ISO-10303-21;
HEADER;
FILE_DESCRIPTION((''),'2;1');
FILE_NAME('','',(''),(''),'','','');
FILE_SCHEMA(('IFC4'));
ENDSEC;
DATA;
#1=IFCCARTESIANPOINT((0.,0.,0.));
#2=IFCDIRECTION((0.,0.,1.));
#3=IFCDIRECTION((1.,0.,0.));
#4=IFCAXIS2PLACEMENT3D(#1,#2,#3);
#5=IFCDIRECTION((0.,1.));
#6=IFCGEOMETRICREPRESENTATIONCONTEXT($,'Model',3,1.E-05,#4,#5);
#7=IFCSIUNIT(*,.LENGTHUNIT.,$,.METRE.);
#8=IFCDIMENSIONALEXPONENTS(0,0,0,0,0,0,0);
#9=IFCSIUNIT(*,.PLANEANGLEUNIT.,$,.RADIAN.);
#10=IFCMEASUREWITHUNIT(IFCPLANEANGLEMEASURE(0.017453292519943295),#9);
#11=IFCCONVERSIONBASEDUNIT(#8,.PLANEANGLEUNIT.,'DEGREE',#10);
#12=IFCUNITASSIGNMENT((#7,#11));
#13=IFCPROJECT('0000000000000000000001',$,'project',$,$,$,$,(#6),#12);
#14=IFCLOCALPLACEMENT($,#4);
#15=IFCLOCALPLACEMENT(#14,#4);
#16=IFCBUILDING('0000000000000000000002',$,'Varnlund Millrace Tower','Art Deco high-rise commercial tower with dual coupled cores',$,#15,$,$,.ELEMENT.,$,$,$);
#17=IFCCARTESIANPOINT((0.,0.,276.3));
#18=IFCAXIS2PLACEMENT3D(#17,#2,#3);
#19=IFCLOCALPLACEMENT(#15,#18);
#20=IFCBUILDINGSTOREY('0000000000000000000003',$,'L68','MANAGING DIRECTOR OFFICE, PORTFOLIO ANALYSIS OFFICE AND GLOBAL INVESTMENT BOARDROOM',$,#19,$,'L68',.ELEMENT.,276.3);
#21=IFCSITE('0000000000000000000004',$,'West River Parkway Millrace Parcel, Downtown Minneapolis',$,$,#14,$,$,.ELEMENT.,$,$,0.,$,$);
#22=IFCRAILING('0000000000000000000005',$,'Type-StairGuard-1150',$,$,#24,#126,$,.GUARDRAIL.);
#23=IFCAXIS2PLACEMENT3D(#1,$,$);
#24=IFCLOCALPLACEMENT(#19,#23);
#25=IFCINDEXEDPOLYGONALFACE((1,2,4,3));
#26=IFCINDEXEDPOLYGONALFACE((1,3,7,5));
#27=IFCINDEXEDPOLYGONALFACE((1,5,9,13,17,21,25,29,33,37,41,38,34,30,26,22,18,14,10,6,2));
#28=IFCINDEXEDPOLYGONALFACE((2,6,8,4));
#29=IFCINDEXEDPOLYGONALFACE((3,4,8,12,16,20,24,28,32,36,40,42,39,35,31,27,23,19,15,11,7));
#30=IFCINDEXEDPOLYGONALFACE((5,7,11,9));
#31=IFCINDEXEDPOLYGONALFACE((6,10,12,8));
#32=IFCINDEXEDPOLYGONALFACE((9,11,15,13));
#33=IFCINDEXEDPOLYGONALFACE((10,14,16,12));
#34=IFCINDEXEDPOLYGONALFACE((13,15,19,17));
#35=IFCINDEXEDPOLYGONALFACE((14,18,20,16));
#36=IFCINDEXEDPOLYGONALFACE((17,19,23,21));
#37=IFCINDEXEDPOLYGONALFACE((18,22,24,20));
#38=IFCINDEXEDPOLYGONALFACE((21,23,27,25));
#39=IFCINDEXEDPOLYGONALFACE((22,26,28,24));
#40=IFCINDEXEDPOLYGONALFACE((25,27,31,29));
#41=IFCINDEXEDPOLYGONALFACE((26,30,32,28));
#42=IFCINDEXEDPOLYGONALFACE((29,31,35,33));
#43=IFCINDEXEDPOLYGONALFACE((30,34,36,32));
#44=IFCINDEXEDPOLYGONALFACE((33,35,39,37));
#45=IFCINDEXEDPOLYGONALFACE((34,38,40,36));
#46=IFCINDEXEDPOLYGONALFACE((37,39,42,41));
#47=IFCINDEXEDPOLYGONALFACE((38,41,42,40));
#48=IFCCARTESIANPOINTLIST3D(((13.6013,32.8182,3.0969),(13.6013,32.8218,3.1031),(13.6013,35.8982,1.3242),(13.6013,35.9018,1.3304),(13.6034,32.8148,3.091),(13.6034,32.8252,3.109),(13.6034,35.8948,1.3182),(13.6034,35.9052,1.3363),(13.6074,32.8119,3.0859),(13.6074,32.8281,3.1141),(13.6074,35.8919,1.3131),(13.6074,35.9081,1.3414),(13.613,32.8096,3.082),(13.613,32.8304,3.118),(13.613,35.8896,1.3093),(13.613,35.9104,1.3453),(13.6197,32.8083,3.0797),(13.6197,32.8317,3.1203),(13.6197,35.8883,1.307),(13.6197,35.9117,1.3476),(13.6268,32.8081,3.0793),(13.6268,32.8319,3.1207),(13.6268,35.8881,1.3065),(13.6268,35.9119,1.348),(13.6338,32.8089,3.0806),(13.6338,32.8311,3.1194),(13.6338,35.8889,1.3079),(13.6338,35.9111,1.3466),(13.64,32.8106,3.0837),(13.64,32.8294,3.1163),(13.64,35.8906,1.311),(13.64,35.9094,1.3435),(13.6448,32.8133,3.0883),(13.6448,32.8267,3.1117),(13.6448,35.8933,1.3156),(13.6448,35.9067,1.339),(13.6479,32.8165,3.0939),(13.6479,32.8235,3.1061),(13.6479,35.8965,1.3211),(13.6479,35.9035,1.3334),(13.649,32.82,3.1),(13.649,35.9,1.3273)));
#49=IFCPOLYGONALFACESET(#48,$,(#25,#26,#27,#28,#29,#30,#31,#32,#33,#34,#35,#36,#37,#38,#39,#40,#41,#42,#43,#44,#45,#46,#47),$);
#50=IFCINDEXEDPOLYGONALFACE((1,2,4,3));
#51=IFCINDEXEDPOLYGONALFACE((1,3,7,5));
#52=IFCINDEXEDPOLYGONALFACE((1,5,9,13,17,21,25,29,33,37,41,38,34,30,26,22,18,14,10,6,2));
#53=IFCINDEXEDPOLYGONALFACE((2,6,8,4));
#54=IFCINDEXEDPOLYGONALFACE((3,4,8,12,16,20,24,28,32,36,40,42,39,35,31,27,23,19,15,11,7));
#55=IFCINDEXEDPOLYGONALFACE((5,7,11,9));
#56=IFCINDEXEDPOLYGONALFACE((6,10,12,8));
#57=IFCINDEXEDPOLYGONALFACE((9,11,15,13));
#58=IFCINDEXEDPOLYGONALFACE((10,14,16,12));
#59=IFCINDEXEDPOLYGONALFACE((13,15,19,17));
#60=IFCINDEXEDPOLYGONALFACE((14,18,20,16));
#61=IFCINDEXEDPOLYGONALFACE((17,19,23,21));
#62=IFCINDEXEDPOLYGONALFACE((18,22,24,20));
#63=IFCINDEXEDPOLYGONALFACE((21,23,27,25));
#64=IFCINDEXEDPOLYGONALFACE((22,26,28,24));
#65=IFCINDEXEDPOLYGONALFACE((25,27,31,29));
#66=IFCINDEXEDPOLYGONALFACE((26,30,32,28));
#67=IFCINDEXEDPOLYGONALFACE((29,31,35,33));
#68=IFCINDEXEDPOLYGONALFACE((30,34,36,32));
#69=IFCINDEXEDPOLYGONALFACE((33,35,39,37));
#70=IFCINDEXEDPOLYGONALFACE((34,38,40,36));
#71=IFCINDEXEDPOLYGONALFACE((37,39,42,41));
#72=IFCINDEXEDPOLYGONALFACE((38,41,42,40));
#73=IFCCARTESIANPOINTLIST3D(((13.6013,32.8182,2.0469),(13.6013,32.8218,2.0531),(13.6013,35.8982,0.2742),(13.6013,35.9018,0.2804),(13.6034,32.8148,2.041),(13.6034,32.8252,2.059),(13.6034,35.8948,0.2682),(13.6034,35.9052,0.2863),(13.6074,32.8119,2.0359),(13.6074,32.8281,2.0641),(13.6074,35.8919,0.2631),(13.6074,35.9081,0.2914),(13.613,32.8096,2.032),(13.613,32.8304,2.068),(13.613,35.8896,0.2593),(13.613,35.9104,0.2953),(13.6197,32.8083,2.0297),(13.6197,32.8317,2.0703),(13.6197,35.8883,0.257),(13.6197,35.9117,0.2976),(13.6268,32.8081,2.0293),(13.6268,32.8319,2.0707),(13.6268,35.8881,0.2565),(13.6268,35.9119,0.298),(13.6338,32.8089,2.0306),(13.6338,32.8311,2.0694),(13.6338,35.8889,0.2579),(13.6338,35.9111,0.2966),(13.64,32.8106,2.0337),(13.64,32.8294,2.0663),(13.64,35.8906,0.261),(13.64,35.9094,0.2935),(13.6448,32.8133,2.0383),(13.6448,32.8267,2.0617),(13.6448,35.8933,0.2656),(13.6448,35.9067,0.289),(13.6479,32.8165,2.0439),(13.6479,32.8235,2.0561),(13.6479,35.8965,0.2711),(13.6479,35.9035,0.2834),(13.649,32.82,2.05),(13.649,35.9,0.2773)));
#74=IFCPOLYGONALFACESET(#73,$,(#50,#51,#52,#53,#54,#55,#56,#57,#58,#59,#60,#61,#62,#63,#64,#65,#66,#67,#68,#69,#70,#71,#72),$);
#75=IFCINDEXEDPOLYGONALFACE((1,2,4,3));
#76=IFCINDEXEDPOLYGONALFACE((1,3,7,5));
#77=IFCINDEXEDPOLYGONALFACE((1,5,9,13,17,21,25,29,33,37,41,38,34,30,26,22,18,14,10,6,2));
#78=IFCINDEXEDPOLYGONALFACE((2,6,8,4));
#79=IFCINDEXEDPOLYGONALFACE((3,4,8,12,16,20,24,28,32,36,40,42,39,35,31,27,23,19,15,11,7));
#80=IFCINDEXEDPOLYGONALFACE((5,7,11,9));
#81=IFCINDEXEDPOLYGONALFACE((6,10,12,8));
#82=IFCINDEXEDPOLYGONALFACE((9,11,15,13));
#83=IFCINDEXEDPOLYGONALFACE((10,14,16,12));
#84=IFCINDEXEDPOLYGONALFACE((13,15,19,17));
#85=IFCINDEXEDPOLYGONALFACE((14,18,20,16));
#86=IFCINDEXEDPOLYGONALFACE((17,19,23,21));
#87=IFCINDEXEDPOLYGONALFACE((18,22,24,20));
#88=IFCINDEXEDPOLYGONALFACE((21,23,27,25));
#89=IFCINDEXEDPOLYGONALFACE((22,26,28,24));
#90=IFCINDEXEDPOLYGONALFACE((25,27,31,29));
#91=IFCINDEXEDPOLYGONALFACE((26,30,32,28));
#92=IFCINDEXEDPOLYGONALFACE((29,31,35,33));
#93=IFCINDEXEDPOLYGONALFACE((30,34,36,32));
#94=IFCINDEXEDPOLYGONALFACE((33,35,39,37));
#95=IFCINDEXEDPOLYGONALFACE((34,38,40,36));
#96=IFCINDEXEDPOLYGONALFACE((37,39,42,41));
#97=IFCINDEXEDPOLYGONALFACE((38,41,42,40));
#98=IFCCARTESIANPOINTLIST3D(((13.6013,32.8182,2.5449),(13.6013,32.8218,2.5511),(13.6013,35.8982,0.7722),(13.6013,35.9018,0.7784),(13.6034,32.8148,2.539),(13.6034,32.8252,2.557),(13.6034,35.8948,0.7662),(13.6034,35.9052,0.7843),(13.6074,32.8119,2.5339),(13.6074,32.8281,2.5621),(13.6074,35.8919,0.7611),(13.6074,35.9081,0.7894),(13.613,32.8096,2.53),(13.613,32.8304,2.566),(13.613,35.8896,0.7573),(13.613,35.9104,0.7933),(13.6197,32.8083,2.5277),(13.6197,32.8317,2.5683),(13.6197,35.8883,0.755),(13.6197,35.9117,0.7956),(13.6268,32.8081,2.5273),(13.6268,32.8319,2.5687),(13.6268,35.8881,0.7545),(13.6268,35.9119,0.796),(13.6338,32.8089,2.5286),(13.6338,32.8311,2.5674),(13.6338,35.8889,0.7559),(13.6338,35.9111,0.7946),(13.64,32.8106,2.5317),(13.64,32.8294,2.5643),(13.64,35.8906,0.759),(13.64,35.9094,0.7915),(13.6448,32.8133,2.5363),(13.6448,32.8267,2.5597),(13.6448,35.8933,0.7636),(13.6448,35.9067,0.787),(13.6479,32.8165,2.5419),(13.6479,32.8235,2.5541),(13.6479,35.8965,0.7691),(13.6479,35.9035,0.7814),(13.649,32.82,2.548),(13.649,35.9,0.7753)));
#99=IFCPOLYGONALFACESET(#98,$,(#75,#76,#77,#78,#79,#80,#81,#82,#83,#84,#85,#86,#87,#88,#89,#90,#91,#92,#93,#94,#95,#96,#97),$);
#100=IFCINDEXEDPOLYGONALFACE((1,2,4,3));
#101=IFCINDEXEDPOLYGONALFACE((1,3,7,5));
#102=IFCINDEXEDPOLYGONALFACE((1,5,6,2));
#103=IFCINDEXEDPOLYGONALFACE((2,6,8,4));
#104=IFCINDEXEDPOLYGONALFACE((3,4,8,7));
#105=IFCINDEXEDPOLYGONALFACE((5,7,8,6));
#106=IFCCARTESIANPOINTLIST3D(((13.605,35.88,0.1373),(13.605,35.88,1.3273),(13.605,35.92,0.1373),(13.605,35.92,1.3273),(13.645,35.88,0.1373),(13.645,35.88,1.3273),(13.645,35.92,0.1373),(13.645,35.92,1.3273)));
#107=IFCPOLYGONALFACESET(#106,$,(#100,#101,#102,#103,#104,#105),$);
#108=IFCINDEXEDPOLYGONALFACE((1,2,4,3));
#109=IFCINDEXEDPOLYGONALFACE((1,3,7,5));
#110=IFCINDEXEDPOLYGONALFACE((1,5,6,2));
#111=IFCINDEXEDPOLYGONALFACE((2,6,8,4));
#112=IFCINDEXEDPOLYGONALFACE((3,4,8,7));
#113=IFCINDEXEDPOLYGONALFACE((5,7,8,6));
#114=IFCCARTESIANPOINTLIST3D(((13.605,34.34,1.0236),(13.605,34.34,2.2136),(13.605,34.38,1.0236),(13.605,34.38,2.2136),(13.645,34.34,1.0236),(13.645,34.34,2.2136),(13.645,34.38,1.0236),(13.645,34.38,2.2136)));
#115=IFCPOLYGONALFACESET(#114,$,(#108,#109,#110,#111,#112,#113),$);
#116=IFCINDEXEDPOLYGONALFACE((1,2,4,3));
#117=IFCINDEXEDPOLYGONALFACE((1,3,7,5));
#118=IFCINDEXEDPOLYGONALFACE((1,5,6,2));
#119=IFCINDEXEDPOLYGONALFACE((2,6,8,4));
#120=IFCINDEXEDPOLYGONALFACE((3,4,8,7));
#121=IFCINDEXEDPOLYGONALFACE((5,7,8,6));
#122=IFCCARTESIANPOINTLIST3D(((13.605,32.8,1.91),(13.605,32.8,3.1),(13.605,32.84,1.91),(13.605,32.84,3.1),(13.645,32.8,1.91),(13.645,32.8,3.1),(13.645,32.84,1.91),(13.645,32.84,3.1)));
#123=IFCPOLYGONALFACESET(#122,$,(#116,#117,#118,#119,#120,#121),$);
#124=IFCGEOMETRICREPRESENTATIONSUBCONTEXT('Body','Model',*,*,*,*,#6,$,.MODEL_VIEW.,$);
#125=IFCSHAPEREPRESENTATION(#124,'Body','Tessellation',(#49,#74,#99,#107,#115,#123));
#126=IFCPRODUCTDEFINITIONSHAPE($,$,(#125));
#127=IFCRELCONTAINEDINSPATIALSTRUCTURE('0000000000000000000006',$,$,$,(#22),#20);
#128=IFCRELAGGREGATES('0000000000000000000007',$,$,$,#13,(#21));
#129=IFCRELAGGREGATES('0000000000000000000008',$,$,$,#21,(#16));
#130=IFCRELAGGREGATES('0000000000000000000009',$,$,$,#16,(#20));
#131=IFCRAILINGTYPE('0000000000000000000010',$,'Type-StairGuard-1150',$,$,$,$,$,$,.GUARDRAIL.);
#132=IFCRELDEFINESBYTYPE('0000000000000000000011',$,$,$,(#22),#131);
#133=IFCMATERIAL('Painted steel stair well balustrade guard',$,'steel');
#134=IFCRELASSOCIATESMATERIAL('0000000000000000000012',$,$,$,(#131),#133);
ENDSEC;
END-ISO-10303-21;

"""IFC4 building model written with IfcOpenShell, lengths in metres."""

from ifc_helpers import new_model, entity, si_unit, converted_unit, direction, frame, origin_with_axes, origin_2d_with_axis, place, context, subcontext, project, spatial, rectangle, circle, extrude, material, type_object, element, save


model = new_model("IFC4")

# Units and contexts
model_context = context("Model", 3, precision=1e-05, world=origin_with_axes(), true_north=direction((0.0, 1.0)))
body_context = subcontext(model_context, "Body", "Model", "MODEL_VIEW")
ifc_project = project(units=[si_unit("LENGTHUNIT", "METRE"), converted_unit("PLANEANGLEUNIT", "DEGREE", entity("IfcPlaneAngleMeasure", 0.017453292519943295), si_unit("PLANEANGLEUNIT", "RADIAN"), dimensions=[0, 0, 0, 0, 0, 0, 0])], contexts=[model_context])

# Site, building, storey
site_placement = place(None, origin_with_axes())
site = spatial("IfcSite", under=ifc_project, at=site_placement, Name="West River Parkway Millrace Parcel, Downtown Minneapolis", CompositionType="ELEMENT", RefElevation=0.0)
building_placement = place(site_placement, origin_with_axes())
building = spatial("IfcBuilding", under=site, at=building_placement, Name="Varnlund Millrace Tower", Description="Art Deco high-rise commercial tower with dual coupled cores", CompositionType="ELEMENT")
storey_placement = place(building_placement, frame((0.0, 0.0, 276.3), z_axis=(0.0, 0.0, 1.0), x_axis=(1.0, 0.0, 0.0)))
storey = spatial("IfcBuildingStorey", under=building, at=storey_placement, Name="L68", Description="MANAGING DIRECTOR OFFICE, PORTFOLIO ANALYSIS OFFICE AND GLOBAL INVESTMENT BOARDROOM", LongName="L68", CompositionType="ELEMENT", Elevation=276.3)

# Railing
ifc_material_1 = material(Name="Painted steel stair well balustrade guard", Category="steel")
railing_type_1 = type_object("IfcRailingType", Name="Type-StairGuard-1150", PredefinedType="GUARDRAIL", material=ifc_material_1)
railing_1_placement = place(storey_placement, frame((0.0, 0.0, -276.3), z_axis=(0.0, 0.0, 1.0), x_axis=(1.0, 0.0, 0.0)))
element("IfcRailing", 1, at=railing_1_placement, inside=storey, type_object=railing_type_1, Name="Type-StairGuard-1150", PredefinedType="GUARDRAIL", context=body_context, shape_type="SweptSolid", body=[
    extrude(circle(Radius=0.024, at=origin_2d_with_axis()), frame((13.625, 35.9, 277.6273), z_axis=(0.0, -0.866696, 0.498836), x_axis=(1.0, 0.0, 0.0)), (0.0, 0.0, 1.0), 3.5537),
    extrude(circle(Radius=0.024, at=origin_2d_with_axis()), frame((13.625, 35.9, 276.5773), z_axis=(0.0, -0.866696, 0.498836), x_axis=(1.0, 0.0, 0.0)), (0.0, 0.0, 1.0), 3.5537),
    extrude(circle(Radius=0.024, at=origin_2d_with_axis()), frame((13.625, 35.9, 277.0753), z_axis=(0.0, -0.866696, 0.498836), x_axis=(1.0, 0.0, 0.0)), (0.0, 0.0, 1.0), 3.5537),
    extrude(rectangle(XDim=0.04, YDim=0.04, at=origin_2d_with_axis()), frame((13.625, 35.9, 276.4373), z_axis=(0.0, 0.0, 1.0), x_axis=(1.0, 0.0, 0.0)), (0.0, 0.0, 1.0), 1.19),
    extrude(rectangle(XDim=0.04, YDim=0.04, at=origin_2d_with_axis()), frame((13.625, 34.36, 277.3236), z_axis=(0.0, 0.0, 1.0), x_axis=(1.0, 0.0, 0.0)), (0.0, 0.0, 1.0), 1.19),
    extrude(rectangle(XDim=0.04, YDim=0.04, at=origin_2d_with_axis()), frame((13.625, 32.82, 278.21), z_axis=(0.0, 0.0, 1.0), x_axis=(1.0, 0.0, 0.0)), (0.0, 0.0, 1.0), 1.19),
])

save(model, "model.ifc")
